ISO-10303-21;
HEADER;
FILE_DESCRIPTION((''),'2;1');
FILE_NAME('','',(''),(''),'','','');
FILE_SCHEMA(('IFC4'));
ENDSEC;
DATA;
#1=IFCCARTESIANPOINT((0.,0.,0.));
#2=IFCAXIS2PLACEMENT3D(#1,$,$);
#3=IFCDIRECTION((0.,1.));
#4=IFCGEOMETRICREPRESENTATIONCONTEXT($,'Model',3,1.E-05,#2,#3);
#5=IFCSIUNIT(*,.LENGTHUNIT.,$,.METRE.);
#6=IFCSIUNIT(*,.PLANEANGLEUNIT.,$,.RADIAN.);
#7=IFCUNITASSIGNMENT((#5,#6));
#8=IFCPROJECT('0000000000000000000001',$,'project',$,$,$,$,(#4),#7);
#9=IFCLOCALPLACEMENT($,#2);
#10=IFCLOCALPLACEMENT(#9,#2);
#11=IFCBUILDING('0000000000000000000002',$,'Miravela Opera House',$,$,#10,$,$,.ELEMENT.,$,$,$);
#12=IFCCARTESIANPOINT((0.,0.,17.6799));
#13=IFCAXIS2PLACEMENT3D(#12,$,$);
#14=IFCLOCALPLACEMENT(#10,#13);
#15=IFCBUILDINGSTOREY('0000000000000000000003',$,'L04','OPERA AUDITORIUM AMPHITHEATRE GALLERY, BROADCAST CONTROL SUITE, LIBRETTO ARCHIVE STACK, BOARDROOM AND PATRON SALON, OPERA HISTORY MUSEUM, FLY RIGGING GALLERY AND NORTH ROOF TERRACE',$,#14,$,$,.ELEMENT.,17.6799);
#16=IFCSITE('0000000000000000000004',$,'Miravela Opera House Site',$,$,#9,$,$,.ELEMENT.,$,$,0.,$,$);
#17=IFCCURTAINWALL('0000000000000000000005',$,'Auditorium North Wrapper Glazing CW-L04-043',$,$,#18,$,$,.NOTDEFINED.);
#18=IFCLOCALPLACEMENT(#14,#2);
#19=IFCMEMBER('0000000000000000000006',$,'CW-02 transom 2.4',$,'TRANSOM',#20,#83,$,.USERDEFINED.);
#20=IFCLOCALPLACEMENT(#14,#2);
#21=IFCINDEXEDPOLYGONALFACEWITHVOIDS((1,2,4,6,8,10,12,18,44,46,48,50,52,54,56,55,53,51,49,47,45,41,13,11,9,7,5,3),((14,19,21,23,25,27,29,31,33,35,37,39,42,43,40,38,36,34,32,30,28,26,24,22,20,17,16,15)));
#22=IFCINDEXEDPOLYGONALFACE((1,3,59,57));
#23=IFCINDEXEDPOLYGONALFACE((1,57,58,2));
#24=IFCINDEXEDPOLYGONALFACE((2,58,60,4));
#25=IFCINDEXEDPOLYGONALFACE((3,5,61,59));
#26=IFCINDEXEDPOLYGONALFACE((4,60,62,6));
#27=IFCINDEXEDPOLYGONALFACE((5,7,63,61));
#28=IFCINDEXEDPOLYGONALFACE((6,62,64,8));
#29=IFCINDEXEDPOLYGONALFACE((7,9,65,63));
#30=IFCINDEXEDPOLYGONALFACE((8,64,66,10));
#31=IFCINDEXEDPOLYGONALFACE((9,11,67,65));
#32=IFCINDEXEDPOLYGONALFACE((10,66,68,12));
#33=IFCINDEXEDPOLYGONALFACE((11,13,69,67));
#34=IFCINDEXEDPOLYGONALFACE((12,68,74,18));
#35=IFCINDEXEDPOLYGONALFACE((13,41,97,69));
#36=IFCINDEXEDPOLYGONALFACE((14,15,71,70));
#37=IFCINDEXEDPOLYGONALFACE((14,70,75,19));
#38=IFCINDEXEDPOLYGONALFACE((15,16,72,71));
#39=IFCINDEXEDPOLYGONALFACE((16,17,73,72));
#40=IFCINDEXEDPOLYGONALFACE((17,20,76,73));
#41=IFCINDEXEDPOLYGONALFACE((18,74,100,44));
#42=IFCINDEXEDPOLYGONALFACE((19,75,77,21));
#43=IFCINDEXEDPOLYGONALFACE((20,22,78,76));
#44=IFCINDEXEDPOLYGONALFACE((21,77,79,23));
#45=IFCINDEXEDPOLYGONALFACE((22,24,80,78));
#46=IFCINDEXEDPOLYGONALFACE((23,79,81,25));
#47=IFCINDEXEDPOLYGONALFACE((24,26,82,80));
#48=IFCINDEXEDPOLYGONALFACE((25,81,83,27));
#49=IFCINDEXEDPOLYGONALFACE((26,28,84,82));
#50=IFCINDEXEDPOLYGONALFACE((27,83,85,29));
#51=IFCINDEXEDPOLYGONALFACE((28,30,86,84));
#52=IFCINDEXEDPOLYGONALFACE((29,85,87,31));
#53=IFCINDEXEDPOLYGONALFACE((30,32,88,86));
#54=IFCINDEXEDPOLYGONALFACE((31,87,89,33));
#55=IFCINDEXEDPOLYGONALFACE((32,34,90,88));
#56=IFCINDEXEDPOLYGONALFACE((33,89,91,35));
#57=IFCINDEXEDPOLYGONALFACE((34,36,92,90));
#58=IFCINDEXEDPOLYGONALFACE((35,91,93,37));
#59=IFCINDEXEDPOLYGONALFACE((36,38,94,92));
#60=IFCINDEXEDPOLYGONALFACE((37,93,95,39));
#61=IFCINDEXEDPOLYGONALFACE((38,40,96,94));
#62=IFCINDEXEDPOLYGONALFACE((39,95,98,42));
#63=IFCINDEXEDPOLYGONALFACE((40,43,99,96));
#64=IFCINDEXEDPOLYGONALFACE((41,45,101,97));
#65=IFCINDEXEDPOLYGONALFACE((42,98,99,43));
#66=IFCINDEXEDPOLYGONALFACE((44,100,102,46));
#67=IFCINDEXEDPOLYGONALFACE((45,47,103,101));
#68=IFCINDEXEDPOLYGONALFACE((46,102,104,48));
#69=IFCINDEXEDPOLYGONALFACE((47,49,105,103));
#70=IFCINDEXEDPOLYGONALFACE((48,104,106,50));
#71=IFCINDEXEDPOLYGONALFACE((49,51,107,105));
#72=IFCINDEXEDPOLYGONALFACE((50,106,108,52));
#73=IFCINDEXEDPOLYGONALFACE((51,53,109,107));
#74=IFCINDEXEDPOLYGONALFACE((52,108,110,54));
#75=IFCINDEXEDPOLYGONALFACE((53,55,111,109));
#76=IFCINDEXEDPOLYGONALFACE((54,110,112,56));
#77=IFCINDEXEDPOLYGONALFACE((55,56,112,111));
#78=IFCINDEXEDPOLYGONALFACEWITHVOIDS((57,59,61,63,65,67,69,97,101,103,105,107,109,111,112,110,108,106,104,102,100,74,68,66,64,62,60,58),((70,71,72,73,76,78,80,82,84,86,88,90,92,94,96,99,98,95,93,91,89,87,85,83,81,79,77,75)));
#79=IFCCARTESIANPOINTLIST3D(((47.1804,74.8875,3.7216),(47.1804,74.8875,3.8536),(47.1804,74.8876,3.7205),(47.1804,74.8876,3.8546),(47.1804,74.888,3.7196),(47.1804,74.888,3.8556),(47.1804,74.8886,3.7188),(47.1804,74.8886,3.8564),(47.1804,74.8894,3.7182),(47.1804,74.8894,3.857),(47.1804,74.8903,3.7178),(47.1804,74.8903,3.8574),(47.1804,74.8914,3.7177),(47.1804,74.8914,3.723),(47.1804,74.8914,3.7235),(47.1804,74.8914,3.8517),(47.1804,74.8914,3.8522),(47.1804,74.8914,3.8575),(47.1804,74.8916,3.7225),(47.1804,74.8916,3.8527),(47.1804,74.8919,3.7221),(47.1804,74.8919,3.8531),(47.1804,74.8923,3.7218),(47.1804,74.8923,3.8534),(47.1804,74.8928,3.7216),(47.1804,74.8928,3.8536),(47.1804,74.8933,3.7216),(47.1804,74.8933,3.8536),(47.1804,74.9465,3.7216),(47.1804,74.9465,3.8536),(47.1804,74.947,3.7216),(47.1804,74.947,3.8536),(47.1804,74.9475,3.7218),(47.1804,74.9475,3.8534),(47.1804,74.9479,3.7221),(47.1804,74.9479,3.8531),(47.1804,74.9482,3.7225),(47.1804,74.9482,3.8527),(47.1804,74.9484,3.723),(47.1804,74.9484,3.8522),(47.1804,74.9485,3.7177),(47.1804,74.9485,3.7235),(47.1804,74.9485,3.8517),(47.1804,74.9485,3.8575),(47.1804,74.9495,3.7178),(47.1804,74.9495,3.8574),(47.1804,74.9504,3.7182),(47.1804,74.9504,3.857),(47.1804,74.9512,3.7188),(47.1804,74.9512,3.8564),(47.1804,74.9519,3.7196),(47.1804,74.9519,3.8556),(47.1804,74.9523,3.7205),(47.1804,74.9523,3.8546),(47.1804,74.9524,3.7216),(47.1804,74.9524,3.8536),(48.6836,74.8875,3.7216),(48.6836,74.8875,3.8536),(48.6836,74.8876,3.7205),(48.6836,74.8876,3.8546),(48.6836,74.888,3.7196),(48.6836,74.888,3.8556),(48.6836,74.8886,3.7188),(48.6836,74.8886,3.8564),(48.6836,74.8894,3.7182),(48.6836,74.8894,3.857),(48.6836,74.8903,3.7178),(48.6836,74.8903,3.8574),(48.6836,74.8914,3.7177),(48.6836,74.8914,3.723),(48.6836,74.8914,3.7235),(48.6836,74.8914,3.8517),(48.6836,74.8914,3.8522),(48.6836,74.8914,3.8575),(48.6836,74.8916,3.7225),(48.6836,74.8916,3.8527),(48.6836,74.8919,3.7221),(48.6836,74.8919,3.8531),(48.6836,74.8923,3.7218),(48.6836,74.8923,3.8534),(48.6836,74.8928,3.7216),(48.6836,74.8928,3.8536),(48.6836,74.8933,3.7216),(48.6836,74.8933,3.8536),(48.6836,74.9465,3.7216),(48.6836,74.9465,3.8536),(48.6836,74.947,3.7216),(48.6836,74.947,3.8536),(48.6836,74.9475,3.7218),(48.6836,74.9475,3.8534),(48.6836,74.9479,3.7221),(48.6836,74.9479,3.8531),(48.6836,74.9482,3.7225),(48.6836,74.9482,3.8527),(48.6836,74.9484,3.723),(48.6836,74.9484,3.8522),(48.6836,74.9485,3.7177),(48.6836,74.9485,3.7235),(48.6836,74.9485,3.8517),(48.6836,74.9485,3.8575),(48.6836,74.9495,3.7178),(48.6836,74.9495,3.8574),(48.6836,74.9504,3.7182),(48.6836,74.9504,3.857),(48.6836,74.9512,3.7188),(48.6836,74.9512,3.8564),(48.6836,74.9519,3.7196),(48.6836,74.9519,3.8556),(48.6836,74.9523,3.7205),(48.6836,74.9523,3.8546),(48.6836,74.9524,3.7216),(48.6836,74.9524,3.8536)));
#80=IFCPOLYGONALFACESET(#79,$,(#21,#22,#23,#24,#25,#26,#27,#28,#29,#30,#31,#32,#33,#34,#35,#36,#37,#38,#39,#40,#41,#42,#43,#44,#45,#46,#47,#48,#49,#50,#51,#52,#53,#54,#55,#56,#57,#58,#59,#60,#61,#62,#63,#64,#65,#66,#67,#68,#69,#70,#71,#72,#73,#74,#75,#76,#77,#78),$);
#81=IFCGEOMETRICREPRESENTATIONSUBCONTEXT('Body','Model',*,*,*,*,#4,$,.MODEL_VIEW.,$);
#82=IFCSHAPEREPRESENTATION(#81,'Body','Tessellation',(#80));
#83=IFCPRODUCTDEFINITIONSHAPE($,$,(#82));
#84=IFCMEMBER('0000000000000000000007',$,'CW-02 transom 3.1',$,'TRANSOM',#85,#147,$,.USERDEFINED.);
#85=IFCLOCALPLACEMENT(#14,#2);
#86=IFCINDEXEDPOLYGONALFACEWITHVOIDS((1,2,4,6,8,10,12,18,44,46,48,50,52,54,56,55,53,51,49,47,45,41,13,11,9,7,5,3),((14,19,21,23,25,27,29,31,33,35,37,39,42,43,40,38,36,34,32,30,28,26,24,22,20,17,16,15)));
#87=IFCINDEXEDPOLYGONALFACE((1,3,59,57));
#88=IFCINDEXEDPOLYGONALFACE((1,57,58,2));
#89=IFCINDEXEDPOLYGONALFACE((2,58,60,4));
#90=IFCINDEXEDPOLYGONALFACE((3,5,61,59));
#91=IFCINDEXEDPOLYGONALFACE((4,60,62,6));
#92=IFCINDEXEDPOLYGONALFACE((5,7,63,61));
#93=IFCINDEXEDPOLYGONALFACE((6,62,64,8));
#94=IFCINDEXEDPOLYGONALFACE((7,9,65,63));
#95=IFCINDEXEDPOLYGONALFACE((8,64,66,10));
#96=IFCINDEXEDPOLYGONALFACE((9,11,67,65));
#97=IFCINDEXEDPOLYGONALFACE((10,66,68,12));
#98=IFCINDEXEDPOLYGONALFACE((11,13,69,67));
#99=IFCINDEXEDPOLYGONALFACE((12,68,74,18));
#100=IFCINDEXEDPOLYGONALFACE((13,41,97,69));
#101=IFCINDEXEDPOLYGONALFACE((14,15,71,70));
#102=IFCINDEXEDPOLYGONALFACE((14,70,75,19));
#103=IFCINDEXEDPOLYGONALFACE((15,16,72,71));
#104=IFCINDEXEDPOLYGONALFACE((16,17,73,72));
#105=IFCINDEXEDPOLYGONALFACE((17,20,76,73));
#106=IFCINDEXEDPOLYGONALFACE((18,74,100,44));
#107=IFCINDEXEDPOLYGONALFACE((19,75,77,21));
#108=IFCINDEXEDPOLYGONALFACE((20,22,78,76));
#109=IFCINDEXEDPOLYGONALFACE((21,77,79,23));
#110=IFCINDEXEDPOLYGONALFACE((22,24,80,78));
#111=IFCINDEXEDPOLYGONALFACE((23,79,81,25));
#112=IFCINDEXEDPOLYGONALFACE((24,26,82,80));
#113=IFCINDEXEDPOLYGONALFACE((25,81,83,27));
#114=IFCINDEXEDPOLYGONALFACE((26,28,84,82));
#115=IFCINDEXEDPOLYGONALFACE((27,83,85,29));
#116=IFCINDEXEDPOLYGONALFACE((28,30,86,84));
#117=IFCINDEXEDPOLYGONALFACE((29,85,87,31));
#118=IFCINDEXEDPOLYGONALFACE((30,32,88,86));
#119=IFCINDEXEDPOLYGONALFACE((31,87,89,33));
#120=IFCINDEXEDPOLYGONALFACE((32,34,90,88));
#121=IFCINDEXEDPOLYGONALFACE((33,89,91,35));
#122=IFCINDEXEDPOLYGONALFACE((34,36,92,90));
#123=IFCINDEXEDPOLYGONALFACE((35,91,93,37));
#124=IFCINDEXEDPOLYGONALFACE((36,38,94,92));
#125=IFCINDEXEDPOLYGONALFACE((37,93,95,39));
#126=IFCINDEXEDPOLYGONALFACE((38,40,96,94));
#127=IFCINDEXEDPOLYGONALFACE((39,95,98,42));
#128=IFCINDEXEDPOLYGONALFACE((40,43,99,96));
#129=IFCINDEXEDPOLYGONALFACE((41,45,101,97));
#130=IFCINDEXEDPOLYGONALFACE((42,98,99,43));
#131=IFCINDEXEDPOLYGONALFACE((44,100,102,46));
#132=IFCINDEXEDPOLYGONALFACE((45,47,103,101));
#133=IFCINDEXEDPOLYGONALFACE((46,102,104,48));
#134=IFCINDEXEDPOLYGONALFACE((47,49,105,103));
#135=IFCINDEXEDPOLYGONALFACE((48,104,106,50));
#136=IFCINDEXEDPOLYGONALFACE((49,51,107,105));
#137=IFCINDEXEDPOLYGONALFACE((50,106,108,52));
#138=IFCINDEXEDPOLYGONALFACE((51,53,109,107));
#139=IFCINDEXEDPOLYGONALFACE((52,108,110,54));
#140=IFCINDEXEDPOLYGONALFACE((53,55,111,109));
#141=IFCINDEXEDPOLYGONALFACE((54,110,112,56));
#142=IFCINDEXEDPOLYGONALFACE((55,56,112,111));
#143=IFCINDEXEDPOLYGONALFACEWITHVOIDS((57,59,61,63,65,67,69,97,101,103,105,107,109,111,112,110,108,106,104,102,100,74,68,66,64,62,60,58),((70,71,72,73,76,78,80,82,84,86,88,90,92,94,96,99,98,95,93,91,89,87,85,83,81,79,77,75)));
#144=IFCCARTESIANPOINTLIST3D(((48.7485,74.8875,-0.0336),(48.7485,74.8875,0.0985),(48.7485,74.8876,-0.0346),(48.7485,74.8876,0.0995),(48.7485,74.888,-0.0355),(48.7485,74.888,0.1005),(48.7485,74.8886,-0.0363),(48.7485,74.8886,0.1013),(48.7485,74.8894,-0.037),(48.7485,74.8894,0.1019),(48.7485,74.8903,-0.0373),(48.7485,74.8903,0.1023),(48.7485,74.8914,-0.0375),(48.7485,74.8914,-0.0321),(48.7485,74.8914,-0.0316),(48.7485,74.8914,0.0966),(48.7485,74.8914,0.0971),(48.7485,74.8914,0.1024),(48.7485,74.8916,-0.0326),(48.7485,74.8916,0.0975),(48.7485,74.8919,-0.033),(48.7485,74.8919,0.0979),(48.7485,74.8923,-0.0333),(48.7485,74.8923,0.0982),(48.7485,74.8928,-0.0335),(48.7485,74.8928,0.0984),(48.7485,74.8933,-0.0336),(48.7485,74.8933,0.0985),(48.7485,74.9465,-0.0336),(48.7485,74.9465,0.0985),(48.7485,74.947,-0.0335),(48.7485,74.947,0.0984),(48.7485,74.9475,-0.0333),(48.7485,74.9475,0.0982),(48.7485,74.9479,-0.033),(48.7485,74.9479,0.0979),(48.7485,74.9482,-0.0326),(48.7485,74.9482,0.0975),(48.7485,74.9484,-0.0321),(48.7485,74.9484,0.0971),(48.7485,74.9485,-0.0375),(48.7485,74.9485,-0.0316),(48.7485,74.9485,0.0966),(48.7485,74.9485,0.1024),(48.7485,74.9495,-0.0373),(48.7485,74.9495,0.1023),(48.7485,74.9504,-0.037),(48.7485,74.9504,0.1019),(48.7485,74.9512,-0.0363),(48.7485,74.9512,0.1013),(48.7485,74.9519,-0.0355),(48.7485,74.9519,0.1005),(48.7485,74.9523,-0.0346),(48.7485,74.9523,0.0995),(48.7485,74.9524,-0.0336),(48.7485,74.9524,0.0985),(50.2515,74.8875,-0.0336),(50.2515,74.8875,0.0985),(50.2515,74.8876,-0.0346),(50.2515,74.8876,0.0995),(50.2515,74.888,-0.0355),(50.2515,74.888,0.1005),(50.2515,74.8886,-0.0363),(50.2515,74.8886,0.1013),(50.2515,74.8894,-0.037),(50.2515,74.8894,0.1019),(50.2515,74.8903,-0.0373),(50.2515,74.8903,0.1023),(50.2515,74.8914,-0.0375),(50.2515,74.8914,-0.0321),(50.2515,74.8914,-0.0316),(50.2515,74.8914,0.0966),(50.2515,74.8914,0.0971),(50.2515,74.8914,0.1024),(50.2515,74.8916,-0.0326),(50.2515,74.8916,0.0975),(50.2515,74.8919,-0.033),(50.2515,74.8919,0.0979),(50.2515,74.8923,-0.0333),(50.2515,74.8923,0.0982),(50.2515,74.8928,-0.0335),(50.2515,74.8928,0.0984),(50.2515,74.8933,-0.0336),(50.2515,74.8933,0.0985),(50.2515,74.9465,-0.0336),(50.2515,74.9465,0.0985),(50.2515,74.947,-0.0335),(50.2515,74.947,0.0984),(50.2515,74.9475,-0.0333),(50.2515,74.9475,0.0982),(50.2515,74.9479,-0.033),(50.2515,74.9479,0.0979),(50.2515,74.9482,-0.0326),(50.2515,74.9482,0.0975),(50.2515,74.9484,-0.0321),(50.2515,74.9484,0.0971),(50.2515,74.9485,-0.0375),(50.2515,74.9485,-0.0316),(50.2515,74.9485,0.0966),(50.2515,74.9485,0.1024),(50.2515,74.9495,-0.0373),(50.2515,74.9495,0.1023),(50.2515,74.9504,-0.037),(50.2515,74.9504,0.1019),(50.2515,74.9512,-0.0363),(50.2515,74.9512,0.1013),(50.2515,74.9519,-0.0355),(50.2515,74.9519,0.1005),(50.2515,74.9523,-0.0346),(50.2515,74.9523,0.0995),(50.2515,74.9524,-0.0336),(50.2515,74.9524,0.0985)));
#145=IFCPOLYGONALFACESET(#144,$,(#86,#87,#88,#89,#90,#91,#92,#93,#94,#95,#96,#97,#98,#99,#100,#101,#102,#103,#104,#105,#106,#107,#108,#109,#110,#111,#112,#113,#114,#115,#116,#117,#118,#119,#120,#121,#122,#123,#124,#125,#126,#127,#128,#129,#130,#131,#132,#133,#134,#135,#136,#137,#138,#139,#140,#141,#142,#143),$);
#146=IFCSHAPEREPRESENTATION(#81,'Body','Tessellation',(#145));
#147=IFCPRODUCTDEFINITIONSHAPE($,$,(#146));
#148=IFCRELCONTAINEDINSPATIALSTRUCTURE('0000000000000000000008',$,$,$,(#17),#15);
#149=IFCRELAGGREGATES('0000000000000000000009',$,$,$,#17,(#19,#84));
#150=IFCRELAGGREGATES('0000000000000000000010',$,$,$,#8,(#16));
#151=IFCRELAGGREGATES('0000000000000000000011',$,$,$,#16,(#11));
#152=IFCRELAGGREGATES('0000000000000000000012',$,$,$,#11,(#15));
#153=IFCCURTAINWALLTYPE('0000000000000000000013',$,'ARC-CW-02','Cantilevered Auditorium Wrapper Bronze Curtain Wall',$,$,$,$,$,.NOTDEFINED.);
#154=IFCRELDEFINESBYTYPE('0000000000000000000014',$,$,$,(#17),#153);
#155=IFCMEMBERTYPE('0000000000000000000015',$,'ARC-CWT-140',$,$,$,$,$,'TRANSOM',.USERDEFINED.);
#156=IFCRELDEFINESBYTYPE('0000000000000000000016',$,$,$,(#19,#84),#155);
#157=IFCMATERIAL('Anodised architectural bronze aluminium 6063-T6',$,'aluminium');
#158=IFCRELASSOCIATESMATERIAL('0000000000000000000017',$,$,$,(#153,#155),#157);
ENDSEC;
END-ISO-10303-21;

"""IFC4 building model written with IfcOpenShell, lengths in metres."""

from ifc_helpers import new_model, si_unit, direction, frame, origin, origin_2d, place, context, subcontext, project, spatial, hollow_rectangle, extrude, material, material_profile, profile_set, type_object, element, aggregate, save


model = new_model("IFC4")

# Units and contexts
model_context = context("Model", 3, precision=1e-05, world=origin(), true_north=direction((0.0, 1.0)))
body_context = subcontext(model_context, "Body", "Model", "MODEL_VIEW")
ifc_project = project(units=[si_unit("LENGTHUNIT", "METRE"), si_unit("PLANEANGLEUNIT", "RADIAN")], contexts=[model_context])

# Site, building, storey
site_placement = place(None, origin())
site = spatial("IfcSite", under=ifc_project, at=site_placement, Name="Miravela Opera House Site", CompositionType="ELEMENT", RefElevation=0.0)
building_placement = place(site_placement, origin())
building = spatial("IfcBuilding", under=site, at=building_placement, Name="Miravela Opera House", CompositionType="ELEMENT")
storey_placement = place(building_placement, frame((0.0, 0.0, 17.6799)))
storey = spatial("IfcBuildingStorey", under=building, at=storey_placement, Name="L04", Description="OPERA AUDITORIUM AMPHITHEATRE GALLERY, BROADCAST CONTROL SUITE, LIBRETTO ARCHIVE STACK, BOARDROOM AND PATRON SALON, OPERA HISTORY MUSEUM, FLY RIGGING GALLERY AND NORTH ROOF TERRACE", CompositionType="ELEMENT", Elevation=17.6799)

# Curtain wall, members
ifc_material_1 = material(Name="Anodised architectural bronze aluminium 6063-T6", Category="aluminium")
curtain_wall_type = type_object("IfcCurtainWallType", Name="ARC-CW-02", Description="Cantilevered Auditorium Wrapper Bronze Curtain Wall", PredefinedType="NOTDEFINED", material=ifc_material_1)
curtain_wall_placement = place(storey_placement, origin())
curtain_wall = element("IfcCurtainWall", 1, at=curtain_wall_placement, inside=storey, type_object=curtain_wall_type, Name="Auditorium North Wrapper Glazing CW-L04-043", PredefinedType="NOTDEFINED")
ifc_material_profile_1 = material_profile(ifc_material_1, hollow_rectangle(XDim=0.0649, YDim=0.1399, WallThickness=0.0039, InnerFilletRadius=0.002, OuterFilletRadius=0.0039, at=origin_2d()), Name="CWT-65X140")
ifc_profile_set_1 = profile_set([ifc_material_profile_1])
member_type_1 = type_object("IfcMemberType", Name="ARC-CWT-140", ElementType="TRANSOM", PredefinedType="USERDEFINED", material=ifc_profile_set_1)
member_1_placement = place(storey_placement, frame((47.1804, 74.9199, 3.7876), z_axis=(1.0, 0.0, 0.0), x_axis=(0.0, 1.0, 0.0)))
member_1 = element("IfcMember", 2, at=member_1_placement, type_object=member_type_1, Name="CW-02 transom 2.4", ObjectType="TRANSOM", PredefinedType="USERDEFINED", context=body_context, shape_type="SweptSolid", body=[
    extrude(hollow_rectangle(XDim=0.0649, YDim=0.1399, WallThickness=0.0039, InnerFilletRadius=0.002, OuterFilletRadius=0.0039, at=origin_2d()), origin(), (0.0, 0.0, 1.0), 1.5032),
])
member_2_placement = place(storey_placement, frame((48.7485, 74.9199, 0.0325), z_axis=(1.0, 0.0, 0.0), x_axis=(0.0, 1.0, 0.0)))
member_2 = element("IfcMember", 3, at=member_2_placement, type_object=member_type_1, Name="CW-02 transom 3.1", ObjectType="TRANSOM", PredefinedType="USERDEFINED", context=body_context, shape_type="SweptSolid", body=[
    extrude(hollow_rectangle(XDim=0.0649, YDim=0.1399, WallThickness=0.0039, InnerFilletRadius=0.002, OuterFilletRadius=0.0039, at=origin_2d()), origin(), (0.0, 0.0, 1.0), 1.5029),
])
aggregate(curtain_wall, [member_1, member_2])

save(model, "model.ifc")
